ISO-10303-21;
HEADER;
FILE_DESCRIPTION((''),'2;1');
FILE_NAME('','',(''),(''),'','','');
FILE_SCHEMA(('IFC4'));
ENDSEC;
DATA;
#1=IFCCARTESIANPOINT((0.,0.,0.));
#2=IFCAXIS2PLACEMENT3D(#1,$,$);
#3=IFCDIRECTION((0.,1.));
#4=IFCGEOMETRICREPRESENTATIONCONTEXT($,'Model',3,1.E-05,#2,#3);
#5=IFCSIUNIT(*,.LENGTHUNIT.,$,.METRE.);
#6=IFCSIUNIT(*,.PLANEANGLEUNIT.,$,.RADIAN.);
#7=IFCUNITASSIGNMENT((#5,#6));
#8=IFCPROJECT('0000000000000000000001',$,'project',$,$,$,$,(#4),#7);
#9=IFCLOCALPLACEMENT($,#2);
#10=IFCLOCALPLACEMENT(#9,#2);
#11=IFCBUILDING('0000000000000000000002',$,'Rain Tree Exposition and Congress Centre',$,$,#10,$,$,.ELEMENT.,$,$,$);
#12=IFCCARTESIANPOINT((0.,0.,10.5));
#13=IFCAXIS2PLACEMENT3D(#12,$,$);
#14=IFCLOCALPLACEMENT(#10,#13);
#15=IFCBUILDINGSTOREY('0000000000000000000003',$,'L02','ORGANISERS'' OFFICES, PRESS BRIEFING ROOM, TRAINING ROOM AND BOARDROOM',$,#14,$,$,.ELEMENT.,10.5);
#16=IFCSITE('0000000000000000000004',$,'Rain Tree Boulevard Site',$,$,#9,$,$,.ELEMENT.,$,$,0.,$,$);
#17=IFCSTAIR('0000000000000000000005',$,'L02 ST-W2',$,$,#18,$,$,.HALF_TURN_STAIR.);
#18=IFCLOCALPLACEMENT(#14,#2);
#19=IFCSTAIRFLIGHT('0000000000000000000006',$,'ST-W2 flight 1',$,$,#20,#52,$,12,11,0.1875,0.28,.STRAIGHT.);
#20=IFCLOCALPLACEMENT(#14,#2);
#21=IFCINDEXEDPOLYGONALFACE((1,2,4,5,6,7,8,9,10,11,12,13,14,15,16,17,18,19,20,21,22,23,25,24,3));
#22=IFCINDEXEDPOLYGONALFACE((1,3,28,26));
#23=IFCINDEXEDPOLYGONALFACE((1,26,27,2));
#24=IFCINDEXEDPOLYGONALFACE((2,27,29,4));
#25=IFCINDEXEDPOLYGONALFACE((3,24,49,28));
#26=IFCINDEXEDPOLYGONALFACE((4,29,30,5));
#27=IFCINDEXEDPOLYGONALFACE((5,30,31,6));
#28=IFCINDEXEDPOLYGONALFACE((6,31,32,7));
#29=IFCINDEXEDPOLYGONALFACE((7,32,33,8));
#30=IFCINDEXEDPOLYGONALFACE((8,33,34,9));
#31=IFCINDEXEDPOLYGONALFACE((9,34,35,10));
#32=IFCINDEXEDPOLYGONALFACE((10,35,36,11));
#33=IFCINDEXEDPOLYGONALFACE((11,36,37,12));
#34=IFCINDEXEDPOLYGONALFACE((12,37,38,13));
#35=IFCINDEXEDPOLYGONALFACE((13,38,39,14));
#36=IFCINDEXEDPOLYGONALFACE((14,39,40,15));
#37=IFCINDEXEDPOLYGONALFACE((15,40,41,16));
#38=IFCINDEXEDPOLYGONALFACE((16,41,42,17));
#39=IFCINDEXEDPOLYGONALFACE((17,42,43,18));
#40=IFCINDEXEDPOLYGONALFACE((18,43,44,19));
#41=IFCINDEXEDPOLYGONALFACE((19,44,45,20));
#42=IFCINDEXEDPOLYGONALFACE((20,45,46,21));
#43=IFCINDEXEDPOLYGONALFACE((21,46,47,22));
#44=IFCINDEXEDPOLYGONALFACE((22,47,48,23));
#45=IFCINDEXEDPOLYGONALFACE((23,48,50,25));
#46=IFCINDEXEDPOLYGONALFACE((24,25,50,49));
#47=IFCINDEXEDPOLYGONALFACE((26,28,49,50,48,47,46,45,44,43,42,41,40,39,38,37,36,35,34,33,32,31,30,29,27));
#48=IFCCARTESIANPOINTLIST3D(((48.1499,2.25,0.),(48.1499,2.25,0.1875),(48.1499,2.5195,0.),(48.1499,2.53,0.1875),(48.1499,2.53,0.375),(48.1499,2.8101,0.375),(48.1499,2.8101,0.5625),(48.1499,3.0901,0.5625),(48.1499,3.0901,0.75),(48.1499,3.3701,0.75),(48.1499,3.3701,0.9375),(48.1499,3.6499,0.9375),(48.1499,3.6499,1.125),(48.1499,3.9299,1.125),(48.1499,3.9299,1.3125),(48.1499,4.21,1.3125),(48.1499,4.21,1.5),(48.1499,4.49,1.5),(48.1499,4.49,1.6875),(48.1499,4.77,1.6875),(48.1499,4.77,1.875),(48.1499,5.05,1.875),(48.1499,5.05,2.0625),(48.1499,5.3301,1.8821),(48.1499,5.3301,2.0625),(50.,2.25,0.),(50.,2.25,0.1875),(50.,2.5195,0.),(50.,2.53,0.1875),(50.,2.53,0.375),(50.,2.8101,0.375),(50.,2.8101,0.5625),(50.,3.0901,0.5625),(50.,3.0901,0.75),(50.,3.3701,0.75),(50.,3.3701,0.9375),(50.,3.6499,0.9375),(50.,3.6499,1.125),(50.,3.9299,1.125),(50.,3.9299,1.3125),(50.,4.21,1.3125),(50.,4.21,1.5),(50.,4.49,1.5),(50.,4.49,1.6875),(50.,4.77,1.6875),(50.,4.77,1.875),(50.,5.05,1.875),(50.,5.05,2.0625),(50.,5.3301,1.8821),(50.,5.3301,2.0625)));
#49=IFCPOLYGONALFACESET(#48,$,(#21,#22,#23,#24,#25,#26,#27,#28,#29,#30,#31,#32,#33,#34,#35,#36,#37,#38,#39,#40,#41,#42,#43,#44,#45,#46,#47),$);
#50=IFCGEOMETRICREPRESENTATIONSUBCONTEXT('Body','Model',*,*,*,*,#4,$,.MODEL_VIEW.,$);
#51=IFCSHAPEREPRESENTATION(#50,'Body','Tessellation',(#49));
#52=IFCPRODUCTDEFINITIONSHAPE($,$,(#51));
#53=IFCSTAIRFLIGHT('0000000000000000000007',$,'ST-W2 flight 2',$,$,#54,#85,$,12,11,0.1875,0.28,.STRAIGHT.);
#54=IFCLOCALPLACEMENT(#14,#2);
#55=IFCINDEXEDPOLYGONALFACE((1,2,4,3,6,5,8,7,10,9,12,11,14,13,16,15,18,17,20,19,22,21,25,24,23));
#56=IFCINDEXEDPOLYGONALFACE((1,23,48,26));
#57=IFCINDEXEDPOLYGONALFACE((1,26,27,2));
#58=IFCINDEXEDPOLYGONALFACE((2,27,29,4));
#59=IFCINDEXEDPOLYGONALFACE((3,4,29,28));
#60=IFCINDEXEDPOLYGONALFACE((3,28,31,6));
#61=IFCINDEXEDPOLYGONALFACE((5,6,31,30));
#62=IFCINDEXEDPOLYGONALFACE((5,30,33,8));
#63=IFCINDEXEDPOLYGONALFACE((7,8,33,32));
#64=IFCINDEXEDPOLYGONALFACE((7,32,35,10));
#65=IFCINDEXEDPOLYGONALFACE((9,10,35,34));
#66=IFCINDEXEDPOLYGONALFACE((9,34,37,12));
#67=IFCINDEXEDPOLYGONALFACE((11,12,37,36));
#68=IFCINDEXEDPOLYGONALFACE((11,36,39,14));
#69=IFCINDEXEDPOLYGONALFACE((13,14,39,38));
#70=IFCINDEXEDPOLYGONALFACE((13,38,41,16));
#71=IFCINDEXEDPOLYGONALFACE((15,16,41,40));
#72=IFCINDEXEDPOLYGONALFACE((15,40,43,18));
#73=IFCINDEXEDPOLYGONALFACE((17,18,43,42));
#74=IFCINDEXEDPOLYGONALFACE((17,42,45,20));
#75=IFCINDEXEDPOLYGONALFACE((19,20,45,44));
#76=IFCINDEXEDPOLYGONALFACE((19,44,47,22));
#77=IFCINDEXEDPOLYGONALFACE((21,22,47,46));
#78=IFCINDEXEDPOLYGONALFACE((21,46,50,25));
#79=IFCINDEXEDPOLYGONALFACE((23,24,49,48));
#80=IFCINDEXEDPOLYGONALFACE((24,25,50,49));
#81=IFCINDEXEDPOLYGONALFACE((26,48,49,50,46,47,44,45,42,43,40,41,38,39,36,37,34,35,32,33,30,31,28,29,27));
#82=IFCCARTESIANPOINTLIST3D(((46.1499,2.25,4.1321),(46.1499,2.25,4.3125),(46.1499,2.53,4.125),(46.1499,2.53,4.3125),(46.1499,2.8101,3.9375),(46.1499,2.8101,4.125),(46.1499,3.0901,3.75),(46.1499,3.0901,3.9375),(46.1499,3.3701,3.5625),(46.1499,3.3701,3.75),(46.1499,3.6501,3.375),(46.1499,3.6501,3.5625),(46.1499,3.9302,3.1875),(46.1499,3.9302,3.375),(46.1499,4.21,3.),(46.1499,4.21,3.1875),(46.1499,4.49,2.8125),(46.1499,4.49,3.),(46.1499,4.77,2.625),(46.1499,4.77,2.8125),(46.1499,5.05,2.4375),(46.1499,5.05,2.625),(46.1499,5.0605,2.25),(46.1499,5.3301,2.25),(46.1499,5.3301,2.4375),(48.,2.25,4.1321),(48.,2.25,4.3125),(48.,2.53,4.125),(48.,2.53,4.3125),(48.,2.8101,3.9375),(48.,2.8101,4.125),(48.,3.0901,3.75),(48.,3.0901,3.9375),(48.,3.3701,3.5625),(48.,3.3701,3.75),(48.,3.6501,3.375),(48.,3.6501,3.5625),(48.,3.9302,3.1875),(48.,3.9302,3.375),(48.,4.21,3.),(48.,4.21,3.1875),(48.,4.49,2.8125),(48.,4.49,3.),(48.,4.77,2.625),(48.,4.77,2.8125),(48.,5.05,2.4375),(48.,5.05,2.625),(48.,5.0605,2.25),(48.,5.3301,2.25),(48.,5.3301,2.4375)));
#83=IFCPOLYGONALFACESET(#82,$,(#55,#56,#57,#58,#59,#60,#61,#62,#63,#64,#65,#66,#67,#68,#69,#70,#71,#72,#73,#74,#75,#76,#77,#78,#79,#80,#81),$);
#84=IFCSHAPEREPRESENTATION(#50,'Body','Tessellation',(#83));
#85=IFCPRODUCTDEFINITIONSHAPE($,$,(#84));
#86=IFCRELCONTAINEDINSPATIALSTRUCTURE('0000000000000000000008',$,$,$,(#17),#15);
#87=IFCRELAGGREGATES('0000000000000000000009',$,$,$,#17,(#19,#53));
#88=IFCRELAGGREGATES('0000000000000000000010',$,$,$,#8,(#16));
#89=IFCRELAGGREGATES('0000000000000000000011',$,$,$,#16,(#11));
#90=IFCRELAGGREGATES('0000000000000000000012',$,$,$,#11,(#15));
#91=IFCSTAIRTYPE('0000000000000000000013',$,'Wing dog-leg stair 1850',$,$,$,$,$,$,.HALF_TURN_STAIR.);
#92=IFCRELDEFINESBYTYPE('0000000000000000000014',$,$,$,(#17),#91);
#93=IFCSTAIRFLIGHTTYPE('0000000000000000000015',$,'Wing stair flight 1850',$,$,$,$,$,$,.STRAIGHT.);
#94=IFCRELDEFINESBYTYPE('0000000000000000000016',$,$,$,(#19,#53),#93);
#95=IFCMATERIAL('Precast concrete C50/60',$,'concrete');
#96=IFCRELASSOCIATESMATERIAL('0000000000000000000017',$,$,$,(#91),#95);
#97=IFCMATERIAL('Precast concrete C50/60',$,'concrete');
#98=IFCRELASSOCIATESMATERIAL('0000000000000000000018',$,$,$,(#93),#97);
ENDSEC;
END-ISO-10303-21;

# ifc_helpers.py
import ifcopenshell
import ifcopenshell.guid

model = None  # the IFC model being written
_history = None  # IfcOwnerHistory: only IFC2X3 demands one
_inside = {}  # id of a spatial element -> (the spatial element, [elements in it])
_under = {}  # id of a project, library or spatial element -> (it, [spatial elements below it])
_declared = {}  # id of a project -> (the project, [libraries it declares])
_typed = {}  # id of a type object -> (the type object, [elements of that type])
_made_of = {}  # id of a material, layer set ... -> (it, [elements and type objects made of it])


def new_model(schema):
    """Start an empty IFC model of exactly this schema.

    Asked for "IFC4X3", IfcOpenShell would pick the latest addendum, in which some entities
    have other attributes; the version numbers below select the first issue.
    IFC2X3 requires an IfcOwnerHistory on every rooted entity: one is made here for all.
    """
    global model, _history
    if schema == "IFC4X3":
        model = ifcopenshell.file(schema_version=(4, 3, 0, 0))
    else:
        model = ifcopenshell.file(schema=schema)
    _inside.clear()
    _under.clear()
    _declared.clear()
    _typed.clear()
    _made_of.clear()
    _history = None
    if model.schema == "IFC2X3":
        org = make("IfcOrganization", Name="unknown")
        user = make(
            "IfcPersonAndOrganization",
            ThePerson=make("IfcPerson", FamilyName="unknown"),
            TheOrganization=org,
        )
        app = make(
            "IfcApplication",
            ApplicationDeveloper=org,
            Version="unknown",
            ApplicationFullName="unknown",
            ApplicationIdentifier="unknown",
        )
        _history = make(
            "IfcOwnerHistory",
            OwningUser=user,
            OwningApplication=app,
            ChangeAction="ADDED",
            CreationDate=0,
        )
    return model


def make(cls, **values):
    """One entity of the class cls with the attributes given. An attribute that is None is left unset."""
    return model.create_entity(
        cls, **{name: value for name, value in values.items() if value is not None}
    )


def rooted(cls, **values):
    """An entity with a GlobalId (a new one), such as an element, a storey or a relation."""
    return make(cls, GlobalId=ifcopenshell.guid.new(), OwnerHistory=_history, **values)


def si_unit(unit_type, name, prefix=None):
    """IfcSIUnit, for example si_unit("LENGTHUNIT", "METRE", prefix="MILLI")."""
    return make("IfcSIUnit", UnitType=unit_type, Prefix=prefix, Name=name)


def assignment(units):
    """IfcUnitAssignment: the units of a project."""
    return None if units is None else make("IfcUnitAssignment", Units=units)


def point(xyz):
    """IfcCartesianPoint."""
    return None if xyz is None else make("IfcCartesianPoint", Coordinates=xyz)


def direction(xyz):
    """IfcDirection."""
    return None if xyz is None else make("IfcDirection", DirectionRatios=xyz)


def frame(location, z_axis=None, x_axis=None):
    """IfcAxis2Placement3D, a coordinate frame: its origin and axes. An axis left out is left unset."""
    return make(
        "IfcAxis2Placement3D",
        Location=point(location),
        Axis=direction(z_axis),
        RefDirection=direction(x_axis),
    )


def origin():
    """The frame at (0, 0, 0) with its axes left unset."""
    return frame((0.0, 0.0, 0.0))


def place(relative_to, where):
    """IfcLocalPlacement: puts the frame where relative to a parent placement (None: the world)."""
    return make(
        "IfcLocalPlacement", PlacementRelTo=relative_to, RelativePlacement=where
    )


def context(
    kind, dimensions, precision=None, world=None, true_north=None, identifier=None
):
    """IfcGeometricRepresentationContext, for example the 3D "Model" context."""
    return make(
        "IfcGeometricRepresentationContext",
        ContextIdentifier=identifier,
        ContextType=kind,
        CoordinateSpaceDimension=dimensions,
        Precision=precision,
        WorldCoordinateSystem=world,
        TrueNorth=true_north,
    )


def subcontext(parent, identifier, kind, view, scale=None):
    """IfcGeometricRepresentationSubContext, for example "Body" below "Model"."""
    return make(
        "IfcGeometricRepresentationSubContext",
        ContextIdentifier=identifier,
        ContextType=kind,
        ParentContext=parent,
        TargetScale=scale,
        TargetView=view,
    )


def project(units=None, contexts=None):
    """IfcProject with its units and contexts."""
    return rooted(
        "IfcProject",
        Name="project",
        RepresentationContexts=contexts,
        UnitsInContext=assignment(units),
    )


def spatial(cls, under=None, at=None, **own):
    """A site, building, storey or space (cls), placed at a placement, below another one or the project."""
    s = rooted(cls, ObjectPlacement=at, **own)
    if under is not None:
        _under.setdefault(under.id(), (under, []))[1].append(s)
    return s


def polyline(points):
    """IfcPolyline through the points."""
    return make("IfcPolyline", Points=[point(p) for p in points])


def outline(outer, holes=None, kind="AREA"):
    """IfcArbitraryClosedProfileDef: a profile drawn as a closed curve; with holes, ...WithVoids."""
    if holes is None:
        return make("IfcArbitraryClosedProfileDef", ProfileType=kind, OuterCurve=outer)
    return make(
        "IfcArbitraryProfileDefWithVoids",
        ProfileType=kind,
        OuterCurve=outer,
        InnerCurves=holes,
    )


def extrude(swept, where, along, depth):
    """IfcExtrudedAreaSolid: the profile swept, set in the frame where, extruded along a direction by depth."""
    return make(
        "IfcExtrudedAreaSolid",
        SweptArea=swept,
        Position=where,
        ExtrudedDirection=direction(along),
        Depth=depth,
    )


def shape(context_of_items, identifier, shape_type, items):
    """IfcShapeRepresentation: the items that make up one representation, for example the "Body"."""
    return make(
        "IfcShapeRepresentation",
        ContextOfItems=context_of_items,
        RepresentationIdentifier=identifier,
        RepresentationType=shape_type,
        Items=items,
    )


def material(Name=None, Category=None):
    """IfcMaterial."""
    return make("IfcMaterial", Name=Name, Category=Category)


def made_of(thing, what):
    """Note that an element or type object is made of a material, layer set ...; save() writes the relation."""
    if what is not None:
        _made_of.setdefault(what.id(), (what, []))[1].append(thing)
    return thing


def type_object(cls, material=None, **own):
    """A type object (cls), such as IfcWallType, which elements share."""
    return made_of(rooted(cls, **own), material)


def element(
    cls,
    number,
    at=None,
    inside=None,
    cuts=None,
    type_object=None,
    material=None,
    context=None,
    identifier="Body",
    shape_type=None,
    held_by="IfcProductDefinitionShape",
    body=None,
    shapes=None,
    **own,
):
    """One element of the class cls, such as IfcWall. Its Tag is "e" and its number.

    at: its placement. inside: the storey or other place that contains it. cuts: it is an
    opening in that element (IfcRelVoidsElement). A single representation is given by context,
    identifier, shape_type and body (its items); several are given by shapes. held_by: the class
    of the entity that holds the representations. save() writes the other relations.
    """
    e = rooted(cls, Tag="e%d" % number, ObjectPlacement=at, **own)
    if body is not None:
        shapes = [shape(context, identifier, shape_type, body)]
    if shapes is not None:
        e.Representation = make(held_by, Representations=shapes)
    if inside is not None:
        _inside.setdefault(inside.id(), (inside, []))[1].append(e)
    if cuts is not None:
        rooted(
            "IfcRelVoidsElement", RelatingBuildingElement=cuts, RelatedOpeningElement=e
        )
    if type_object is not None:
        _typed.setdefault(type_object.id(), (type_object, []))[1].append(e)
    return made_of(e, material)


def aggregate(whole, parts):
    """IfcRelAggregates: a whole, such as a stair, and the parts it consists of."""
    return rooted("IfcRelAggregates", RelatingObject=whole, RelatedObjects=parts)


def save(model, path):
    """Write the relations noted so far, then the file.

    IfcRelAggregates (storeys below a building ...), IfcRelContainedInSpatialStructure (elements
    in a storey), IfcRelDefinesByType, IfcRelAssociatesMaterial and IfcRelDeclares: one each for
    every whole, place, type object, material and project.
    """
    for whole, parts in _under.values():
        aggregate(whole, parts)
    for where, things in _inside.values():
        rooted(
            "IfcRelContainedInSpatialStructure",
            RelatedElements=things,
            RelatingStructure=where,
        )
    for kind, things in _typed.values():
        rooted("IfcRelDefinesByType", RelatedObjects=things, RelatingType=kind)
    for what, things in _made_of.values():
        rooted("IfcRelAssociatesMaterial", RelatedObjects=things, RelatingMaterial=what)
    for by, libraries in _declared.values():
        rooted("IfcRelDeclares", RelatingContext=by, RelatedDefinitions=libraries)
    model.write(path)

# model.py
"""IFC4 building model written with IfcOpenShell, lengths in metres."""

from ifc_helpers import new_model, si_unit, direction, frame, origin, place, context, subcontext, project, spatial, polyline, outline, extrude, material, type_object, element, aggregate, save


model = new_model("IFC4")

# Units and contexts
model_context = context("Model", 3, precision=1e-05, world=origin(), true_north=direction((0.0, 1.0)))
body_context = subcontext(model_context, "Body", "Model", "MODEL_VIEW")
ifc_project = project(units=[si_unit("LENGTHUNIT", "METRE"), si_unit("PLANEANGLEUNIT", "RADIAN")], contexts=[model_context])

# Site, building, storey
site_placement = place(None, origin())
site = spatial("IfcSite", under=ifc_project, at=site_placement, Name="Rain Tree Boulevard Site", CompositionType="ELEMENT", RefElevation=0.0)
building_placement = place(site_placement, origin())
building = spatial("IfcBuilding", under=site, at=building_placement, Name="Rain Tree Exposition and Congress Centre", CompositionType="ELEMENT")
storey_placement = place(building_placement, frame((0.0, 0.0, 10.5)))
storey = spatial("IfcBuildingStorey", under=building, at=storey_placement, Name="L02", Description="ORGANISERS' OFFICES, PRESS BRIEFING ROOM, TRAINING ROOM AND BOARDROOM", CompositionType="ELEMENT", Elevation=10.5)

# Stair, stair flights
ifc_material_1 = material(Name="Precast concrete C50/60", Category="concrete")
stair_type = type_object("IfcStairType", Name="Wing dog-leg stair 1850", PredefinedType="HALF_TURN_STAIR", material=ifc_material_1)
stair_placement = place(storey_placement, origin())
stair = element("IfcStair", 1, at=stair_placement, inside=storey, type_object=stair_type, Name="L02 ST-W2", PredefinedType="HALF_TURN_STAIR")
ifc_material_2 = material(Name="Precast concrete C50/60", Category="concrete")
stair_flight_type = type_object("IfcStairFlightType", Name="Wing stair flight 1850", PredefinedType="STRAIGHT", material=ifc_material_2)
stair_flight_1_placement = place(storey_placement, frame((49.075, 2.25, 0.0), z_axis=(0.0, 0.0, 1.0), x_axis=(0.0, 1.0, 0.0)))
stair_flight_1 = element("IfcStairFlight", 2, at=stair_flight_1_placement, type_object=stair_flight_type, Name="ST-W2 flight 1", NumberOfRisers=12, NumberOfTreads=11, PredefinedType="STRAIGHT", RiserHeight=0.1875, TreadLength=0.28, context=body_context, shape_type="SweptSolid", body=[
    extrude(outline(polyline([(0.0, 0.0), (0.0, 0.1875), (0.28, 0.1875), (0.28, 0.375), (0.5601, 0.375), (0.5601, 0.5625), (0.8401, 0.5625), (0.8401, 0.75), (1.1201, 0.75), (1.1201, 0.9375), (1.3999, 0.9375), (1.3999, 1.125), (1.6799, 1.125), (1.6799, 1.3125), (1.96, 1.3125), (1.96, 1.5), (2.24, 1.5), (2.24, 1.6875), (2.52, 1.6875), (2.52, 1.875), (2.8, 1.875), (2.8, 2.0625), (3.0801, 2.0625), (3.0801, 2.25), (3.0801, 1.8821), (0.2695, 0.0), (0.0, 0.0)])), frame((0.0, 0.925, 0.0), z_axis=(0.0, -1.0, 0.0), x_axis=(1.0, 0.0, 0.0)), (0.0, 0.0, 1.0), 1.8501),
])
stair_flight_2_placement = place(storey_placement, frame((47.075, 5.3301, 2.25), z_axis=(0.0, 0.0, 1.0), x_axis=(0.0, -1.0, 0.0)))
stair_flight_2 = element("IfcStairFlight", 3, at=stair_flight_2_placement, type_object=stair_flight_type, Name="ST-W2 flight 2", NumberOfRisers=12, NumberOfTreads=11, PredefinedType="STRAIGHT", RiserHeight=0.1875, TreadLength=0.28, context=body_context, shape_type="SweptSolid", body=[
    extrude(outline(polyline([(0.0, 0.0), (0.0, 0.1875), (0.28, 0.1875), (0.28, 0.375), (0.5601, 0.375), (0.5601, 0.5625), (0.8401, 0.5625), (0.8401, 0.75), (1.1201, 0.75), (1.1201, 0.9375), (1.3999, 0.9375), (1.3999, 1.125), (1.6799, 1.125), (1.6799, 1.3125), (1.96, 1.3125), (1.96, 1.5), (2.24, 1.5), (2.24, 1.6875), (2.52, 1.6875), (2.52, 1.875), (2.8, 1.875), (2.8, 2.0625), (3.0801, 2.0625), (3.0801, 2.25), (3.0801, 1.8821), (0.2695, 0.0), (0.0, 0.0)])), frame((0.0, 0.925, 0.0), z_axis=(0.0, -1.0, 0.0), x_axis=(1.0, 0.0, 0.0)), (0.0, 0.0, 1.0), 1.8501),
])
aggregate(stair, [stair_flight_1, stair_flight_2])

save(model, "model.ifc")
